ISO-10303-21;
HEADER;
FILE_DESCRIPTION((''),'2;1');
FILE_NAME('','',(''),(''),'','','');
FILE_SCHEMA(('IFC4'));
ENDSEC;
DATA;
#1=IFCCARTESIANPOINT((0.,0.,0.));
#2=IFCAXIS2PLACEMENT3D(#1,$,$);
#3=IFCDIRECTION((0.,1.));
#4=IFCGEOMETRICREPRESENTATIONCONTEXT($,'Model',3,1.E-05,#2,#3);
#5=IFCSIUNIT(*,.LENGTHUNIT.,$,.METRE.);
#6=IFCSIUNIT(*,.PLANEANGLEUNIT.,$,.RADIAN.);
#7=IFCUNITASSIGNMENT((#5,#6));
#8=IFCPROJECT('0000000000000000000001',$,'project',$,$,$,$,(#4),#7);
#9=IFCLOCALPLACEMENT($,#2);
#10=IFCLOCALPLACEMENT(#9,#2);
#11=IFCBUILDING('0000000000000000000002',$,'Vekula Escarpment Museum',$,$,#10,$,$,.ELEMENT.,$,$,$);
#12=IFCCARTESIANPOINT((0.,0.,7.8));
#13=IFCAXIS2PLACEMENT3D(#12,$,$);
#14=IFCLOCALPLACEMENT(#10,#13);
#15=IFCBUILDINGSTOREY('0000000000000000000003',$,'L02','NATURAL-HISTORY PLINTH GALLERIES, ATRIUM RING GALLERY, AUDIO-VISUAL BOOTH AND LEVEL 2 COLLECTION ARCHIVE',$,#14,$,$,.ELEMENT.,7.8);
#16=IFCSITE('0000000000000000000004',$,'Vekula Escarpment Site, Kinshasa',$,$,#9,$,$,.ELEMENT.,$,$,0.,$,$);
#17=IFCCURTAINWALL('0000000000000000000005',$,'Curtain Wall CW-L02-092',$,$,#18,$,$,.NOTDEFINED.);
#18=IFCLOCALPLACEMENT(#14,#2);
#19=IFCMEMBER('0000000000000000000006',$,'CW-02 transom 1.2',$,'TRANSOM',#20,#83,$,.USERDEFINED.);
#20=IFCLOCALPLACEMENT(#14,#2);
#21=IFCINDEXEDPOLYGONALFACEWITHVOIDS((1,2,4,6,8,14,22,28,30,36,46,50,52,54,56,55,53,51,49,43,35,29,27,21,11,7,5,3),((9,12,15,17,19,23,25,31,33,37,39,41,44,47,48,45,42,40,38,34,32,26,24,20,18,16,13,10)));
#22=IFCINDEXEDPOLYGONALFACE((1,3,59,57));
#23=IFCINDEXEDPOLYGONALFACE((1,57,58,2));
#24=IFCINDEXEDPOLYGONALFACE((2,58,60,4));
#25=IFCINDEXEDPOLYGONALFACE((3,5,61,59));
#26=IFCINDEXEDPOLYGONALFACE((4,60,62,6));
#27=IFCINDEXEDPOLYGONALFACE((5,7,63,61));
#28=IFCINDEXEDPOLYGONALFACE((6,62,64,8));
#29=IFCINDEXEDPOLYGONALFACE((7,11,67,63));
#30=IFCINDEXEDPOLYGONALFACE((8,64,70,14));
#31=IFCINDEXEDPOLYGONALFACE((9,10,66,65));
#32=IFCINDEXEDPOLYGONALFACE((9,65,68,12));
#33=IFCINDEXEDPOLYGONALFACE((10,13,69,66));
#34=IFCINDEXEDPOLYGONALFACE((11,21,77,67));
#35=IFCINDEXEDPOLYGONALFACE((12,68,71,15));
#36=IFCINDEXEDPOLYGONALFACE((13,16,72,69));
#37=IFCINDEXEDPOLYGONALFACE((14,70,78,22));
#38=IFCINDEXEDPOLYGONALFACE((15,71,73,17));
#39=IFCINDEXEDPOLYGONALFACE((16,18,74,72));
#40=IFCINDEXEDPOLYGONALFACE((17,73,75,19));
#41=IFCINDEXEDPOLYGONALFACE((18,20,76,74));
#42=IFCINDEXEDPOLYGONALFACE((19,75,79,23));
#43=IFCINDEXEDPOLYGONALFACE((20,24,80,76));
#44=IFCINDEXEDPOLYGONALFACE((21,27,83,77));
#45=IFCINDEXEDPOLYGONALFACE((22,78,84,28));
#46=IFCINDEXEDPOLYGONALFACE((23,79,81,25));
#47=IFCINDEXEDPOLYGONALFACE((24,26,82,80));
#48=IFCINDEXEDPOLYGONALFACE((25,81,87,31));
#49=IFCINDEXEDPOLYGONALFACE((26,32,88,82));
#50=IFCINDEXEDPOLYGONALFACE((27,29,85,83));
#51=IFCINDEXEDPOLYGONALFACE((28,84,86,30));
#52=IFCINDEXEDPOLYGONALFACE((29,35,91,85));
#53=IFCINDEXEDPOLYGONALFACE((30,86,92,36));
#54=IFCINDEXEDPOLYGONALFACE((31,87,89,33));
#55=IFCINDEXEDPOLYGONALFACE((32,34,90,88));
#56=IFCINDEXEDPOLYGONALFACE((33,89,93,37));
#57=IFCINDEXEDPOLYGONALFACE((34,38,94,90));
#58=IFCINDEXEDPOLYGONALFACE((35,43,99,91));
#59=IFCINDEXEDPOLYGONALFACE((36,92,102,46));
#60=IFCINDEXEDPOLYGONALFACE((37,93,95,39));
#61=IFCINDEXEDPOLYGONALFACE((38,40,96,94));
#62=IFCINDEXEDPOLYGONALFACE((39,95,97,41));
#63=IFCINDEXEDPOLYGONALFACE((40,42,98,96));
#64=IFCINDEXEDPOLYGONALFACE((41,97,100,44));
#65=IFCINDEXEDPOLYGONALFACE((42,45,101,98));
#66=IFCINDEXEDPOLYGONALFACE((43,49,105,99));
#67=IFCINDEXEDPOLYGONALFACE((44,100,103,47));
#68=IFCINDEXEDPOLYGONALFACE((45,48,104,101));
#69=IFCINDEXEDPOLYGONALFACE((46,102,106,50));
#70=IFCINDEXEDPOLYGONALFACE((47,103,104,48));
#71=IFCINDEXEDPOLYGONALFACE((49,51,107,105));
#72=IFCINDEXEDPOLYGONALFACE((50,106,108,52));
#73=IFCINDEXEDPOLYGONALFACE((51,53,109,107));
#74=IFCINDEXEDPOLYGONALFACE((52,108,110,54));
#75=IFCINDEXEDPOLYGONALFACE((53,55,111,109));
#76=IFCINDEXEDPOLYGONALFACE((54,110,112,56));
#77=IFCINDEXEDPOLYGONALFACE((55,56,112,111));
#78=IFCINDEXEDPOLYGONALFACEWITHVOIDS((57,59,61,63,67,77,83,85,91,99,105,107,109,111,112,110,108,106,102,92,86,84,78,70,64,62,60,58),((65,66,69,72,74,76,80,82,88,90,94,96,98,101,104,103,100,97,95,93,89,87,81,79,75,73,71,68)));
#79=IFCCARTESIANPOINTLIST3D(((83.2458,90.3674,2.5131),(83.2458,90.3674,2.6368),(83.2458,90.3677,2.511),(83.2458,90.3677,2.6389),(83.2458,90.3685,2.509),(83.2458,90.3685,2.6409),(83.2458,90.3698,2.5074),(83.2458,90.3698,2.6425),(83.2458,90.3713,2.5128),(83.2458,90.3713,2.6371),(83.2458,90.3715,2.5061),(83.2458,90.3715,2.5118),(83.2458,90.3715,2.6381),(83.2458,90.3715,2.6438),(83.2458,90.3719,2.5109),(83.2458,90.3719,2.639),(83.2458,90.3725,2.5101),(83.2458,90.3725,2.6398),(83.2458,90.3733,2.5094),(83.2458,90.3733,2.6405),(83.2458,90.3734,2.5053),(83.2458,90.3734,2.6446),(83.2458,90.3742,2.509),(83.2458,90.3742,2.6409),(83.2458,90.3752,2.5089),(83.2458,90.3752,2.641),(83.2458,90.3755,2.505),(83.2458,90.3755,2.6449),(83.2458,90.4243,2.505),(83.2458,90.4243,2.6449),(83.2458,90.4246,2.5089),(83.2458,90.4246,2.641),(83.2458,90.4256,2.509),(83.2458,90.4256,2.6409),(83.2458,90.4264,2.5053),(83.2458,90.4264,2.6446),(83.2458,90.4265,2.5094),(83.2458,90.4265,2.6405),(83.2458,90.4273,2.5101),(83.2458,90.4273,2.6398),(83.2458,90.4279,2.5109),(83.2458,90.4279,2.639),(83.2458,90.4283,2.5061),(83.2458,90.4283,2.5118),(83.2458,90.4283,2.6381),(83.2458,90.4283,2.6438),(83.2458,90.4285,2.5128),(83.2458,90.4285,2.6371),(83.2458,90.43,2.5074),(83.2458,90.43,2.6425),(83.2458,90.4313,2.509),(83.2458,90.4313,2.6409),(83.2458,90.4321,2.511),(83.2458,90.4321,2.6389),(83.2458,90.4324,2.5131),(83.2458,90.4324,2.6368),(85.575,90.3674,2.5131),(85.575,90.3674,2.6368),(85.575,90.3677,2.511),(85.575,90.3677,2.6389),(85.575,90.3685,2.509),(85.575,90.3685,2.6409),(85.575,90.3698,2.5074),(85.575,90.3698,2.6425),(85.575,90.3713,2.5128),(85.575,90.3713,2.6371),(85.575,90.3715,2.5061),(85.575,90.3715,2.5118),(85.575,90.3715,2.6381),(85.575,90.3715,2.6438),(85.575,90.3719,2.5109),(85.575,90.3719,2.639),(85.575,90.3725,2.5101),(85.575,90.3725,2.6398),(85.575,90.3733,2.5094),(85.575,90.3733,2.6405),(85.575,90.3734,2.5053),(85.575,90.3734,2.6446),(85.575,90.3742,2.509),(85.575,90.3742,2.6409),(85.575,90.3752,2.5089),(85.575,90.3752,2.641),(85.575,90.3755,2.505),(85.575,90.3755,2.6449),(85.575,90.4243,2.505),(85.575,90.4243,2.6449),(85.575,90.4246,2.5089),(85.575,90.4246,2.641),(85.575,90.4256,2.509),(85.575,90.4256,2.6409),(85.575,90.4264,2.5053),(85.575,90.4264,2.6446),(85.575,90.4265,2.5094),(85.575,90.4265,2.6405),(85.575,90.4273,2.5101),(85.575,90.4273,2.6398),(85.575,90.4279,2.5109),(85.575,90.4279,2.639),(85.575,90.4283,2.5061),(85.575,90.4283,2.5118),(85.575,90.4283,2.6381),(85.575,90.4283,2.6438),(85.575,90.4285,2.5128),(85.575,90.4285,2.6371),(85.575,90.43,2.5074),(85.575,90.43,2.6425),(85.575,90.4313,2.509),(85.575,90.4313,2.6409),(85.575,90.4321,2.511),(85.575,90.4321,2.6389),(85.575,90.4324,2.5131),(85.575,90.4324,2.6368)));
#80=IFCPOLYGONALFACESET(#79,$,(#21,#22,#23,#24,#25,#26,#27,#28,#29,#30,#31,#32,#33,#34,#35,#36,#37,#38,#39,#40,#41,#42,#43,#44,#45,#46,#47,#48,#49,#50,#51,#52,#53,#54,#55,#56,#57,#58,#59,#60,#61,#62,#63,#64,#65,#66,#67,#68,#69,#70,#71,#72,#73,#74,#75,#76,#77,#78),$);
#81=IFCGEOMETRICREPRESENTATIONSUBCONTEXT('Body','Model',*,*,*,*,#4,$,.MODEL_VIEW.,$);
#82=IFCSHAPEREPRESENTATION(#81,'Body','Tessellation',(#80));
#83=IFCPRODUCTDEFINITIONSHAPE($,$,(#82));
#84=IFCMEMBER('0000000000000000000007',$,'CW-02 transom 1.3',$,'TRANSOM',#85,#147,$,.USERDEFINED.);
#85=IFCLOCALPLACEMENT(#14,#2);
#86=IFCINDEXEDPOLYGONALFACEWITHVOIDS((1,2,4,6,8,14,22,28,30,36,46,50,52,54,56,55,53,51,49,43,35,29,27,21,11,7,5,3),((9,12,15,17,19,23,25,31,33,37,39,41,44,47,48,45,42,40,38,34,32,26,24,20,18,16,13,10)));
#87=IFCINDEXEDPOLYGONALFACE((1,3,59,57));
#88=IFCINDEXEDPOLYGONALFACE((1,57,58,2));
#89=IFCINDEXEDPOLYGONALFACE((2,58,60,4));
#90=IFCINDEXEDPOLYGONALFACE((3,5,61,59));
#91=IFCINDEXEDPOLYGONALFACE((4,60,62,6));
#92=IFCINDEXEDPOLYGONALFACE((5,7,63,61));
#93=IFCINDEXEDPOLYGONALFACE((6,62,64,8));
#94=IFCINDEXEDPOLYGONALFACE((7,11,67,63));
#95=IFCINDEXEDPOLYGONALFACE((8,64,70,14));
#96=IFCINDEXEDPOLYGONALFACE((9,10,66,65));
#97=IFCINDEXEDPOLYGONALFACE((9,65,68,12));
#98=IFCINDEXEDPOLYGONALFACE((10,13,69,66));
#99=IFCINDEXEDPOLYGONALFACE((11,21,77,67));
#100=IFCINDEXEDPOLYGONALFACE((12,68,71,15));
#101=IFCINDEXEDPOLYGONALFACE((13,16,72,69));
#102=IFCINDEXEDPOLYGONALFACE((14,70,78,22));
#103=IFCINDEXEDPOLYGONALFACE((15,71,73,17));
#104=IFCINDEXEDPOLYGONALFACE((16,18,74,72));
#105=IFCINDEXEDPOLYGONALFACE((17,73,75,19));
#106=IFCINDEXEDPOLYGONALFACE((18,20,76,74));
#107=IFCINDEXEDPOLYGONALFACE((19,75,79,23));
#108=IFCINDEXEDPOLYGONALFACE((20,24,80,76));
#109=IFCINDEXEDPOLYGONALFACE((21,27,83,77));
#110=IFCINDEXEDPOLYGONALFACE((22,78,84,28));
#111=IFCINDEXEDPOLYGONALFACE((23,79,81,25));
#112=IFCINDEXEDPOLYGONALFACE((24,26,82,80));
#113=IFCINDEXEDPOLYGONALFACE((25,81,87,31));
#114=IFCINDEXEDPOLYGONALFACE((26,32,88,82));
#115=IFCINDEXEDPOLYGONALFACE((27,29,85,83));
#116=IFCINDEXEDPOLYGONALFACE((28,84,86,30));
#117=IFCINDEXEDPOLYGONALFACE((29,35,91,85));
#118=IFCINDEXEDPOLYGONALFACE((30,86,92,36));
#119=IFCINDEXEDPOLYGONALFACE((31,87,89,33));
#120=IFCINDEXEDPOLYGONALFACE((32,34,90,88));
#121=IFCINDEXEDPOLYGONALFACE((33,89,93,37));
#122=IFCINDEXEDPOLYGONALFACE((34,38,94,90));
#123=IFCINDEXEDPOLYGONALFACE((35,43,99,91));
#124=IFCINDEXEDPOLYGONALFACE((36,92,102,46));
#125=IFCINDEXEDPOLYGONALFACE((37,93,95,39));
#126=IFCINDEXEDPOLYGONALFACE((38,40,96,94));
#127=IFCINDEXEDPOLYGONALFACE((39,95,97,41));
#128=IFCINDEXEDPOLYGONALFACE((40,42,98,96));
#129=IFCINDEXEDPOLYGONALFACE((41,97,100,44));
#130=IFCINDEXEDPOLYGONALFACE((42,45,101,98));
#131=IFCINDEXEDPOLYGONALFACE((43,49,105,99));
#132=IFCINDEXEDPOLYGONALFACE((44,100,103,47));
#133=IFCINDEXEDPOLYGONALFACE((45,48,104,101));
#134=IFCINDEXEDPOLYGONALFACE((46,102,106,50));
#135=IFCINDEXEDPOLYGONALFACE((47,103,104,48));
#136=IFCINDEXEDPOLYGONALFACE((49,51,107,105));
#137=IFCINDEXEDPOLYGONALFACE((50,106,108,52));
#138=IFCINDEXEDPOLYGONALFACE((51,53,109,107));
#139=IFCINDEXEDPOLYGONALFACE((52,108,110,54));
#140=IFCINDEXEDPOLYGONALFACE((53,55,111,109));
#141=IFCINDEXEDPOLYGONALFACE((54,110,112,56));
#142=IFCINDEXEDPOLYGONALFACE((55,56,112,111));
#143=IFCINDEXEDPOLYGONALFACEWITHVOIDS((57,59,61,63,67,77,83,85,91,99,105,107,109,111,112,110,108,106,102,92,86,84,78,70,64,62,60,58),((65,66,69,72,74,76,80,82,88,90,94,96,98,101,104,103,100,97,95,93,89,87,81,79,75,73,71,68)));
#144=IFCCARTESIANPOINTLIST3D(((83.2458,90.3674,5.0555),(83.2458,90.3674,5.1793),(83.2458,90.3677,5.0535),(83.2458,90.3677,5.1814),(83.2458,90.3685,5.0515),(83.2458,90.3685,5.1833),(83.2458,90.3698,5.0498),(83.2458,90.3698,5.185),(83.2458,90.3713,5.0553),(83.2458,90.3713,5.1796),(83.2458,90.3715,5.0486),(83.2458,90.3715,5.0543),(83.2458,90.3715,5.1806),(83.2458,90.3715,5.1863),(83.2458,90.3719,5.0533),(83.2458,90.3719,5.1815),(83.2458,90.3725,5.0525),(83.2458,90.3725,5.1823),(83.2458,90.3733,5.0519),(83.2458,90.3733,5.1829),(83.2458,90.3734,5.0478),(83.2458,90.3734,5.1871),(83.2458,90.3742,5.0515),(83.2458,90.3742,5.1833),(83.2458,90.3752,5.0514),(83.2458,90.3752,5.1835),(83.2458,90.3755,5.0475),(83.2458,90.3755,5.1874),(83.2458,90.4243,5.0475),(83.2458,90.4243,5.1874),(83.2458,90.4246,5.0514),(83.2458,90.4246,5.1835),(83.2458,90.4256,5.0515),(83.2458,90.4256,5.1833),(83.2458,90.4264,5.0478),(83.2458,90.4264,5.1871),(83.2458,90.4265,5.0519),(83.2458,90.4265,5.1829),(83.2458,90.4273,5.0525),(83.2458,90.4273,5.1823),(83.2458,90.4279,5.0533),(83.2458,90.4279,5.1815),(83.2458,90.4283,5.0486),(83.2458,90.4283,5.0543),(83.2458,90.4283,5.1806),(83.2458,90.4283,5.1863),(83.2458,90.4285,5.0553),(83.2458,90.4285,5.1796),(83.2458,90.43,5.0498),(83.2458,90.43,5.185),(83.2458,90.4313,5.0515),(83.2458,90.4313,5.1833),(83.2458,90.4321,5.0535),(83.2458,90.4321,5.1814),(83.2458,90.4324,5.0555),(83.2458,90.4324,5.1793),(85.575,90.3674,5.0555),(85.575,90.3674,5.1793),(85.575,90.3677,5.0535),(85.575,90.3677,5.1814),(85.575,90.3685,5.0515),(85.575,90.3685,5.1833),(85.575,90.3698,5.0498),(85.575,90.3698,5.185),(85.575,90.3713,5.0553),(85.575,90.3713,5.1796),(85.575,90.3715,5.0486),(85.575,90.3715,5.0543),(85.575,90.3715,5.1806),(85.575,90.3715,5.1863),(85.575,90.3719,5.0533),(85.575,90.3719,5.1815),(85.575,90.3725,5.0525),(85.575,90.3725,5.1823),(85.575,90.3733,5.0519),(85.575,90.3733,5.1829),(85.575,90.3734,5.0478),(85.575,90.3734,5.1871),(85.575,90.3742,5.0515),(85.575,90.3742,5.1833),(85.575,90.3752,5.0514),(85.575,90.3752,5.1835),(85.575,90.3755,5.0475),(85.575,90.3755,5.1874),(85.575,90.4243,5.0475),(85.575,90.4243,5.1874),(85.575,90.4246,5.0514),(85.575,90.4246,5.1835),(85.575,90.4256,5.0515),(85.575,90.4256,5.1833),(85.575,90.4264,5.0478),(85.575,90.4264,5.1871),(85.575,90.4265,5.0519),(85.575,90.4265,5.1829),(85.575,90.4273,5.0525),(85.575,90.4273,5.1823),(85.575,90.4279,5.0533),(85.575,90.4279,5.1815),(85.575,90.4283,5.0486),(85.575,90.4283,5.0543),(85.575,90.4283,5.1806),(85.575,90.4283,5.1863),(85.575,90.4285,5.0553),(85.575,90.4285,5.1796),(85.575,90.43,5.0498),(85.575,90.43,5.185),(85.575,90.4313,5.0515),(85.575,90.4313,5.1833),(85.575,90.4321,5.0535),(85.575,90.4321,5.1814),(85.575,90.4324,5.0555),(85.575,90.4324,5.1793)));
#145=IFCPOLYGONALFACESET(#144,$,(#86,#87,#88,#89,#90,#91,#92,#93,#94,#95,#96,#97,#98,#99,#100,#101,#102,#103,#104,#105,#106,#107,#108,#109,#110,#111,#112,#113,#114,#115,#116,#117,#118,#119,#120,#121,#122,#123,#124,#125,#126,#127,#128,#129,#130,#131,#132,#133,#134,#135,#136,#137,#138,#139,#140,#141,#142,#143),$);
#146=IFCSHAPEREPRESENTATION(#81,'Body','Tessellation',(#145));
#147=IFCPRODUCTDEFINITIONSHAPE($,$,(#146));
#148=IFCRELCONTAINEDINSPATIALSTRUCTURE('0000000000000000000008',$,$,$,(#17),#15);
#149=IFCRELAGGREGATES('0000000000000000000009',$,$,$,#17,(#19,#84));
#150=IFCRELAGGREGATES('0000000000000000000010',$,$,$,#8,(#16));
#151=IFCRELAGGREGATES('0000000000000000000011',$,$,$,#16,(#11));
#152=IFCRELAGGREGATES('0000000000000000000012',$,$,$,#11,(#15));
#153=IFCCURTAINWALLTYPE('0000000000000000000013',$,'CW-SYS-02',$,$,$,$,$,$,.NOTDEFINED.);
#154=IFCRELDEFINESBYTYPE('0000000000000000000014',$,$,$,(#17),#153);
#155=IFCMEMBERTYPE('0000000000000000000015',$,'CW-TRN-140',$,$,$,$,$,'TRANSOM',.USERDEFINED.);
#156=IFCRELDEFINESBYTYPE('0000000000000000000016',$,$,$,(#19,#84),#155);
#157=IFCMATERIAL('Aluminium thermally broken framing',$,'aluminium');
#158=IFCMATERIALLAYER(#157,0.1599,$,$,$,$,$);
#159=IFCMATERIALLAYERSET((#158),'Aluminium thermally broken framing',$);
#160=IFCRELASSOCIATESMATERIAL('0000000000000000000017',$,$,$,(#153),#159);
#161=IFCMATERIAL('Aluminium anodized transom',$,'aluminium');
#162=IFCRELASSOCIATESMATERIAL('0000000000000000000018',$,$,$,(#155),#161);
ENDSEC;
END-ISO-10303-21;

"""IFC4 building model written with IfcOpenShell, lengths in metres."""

from ifc_helpers import new_model, si_unit, direction, frame, origin, origin_2d, place, context, subcontext, project, spatial, hollow_rectangle, extrude, material, layer, layer_set, material_profile, profile_set, type_object, element, aggregate, save


model = new_model("IFC4")

# Units and contexts
model_context = context("Model", 3, precision=1e-05, world=origin(), true_north=direction((0.0, 1.0)))
body_context = subcontext(model_context, "Body", "Model", "MODEL_VIEW")
ifc_project = project(units=[si_unit("LENGTHUNIT", "METRE"), si_unit("PLANEANGLEUNIT", "RADIAN")], contexts=[model_context])

# Site, building, storey
site_placement = place(None, origin())
site = spatial("IfcSite", under=ifc_project, at=site_placement, Name="Vekula Escarpment Site, Kinshasa", CompositionType="ELEMENT", RefElevation=0.0)
building_placement = place(site_placement, origin())
building = spatial("IfcBuilding", under=site, at=building_placement, Name="Vekula Escarpment Museum", CompositionType="ELEMENT")
storey_placement = place(building_placement, frame((0.0, 0.0, 7.8)))
storey = spatial("IfcBuildingStorey", under=building, at=storey_placement, Name="L02", Description="NATURAL-HISTORY PLINTH GALLERIES, ATRIUM RING GALLERY, AUDIO-VISUAL BOOTH AND LEVEL 2 COLLECTION ARCHIVE", CompositionType="ELEMENT", Elevation=7.8)

# Curtain wall, members
ifc_material_1 = material(Name="Aluminium thermally broken framing", Category="aluminium")
ifc_layer_1 = layer(ifc_material_1, 0.1599)
ifc_layer_set_1 = layer_set([ifc_layer_1], Name="Aluminium thermally broken framing")
curtain_wall_type_1 = type_object("IfcCurtainWallType", Name="CW-SYS-02", PredefinedType="NOTDEFINED", material=ifc_layer_set_1)
curtain_wall_1_placement = place(storey_placement, origin())
curtain_wall_1 = element("IfcCurtainWall", 1, at=curtain_wall_1_placement, inside=storey, type_object=curtain_wall_type_1, Name="Curtain Wall CW-L02-092", PredefinedType="NOTDEFINED")
ifc_material_2 = material(Name="Aluminium anodized transom", Category="aluminium")
ifc_material_profile_1 = material_profile(ifc_material_2, hollow_rectangle(XDim=0.0649, YDim=0.1399, WallThickness=0.0039, InnerFilletRadius=0.0039, OuterFilletRadius=0.0081, at=origin_2d()), Name="ALU 140x65x4")
ifc_profile_set_1 = profile_set([ifc_material_profile_1], Name="Aluminium anodized transom")
member_type_1 = type_object("IfcMemberType", Name="CW-TRN-140", ElementType="TRANSOM", PredefinedType="USERDEFINED", material=ifc_profile_set_1)
member_1_placement = place(storey_placement, frame((85.575, 90.3999, 2.575), z_axis=(-1.0, 0.0, 0.0), x_axis=(0.0, -1.0, 0.0)))
member_1 = element("IfcMember", 2, at=member_1_placement, type_object=member_type_1, Name="CW-02 transom 1.2", ObjectType="TRANSOM", PredefinedType="USERDEFINED", context=body_context, shape_type="SweptSolid", body=[
    extrude(hollow_rectangle(XDim=0.0649, YDim=0.1399, WallThickness=0.0039, InnerFilletRadius=0.0039, OuterFilletRadius=0.0081, at=origin_2d()), origin(), (0.0, 0.0, 1.0), 2.3291),
])
member_2_placement = place(storey_placement, frame((85.575, 90.3999, 5.1174), z_axis=(-1.0, 0.0, 0.0), x_axis=(0.0, -1.0, 0.0)))
member_2 = element("IfcMember", 3, at=member_2_placement, type_object=member_type_1, Name="CW-02 transom 1.3", ObjectType="TRANSOM", PredefinedType="USERDEFINED", context=body_context, shape_type="SweptSolid", body=[
    extrude(hollow_rectangle(XDim=0.0649, YDim=0.1399, WallThickness=0.0039, InnerFilletRadius=0.0039, OuterFilletRadius=0.0081, at=origin_2d()), origin(), (0.0, 0.0, 1.0), 2.3291),
])

aggregate(curtain_wall_1, [member_1, member_2])

save(model, "model.ifc")
